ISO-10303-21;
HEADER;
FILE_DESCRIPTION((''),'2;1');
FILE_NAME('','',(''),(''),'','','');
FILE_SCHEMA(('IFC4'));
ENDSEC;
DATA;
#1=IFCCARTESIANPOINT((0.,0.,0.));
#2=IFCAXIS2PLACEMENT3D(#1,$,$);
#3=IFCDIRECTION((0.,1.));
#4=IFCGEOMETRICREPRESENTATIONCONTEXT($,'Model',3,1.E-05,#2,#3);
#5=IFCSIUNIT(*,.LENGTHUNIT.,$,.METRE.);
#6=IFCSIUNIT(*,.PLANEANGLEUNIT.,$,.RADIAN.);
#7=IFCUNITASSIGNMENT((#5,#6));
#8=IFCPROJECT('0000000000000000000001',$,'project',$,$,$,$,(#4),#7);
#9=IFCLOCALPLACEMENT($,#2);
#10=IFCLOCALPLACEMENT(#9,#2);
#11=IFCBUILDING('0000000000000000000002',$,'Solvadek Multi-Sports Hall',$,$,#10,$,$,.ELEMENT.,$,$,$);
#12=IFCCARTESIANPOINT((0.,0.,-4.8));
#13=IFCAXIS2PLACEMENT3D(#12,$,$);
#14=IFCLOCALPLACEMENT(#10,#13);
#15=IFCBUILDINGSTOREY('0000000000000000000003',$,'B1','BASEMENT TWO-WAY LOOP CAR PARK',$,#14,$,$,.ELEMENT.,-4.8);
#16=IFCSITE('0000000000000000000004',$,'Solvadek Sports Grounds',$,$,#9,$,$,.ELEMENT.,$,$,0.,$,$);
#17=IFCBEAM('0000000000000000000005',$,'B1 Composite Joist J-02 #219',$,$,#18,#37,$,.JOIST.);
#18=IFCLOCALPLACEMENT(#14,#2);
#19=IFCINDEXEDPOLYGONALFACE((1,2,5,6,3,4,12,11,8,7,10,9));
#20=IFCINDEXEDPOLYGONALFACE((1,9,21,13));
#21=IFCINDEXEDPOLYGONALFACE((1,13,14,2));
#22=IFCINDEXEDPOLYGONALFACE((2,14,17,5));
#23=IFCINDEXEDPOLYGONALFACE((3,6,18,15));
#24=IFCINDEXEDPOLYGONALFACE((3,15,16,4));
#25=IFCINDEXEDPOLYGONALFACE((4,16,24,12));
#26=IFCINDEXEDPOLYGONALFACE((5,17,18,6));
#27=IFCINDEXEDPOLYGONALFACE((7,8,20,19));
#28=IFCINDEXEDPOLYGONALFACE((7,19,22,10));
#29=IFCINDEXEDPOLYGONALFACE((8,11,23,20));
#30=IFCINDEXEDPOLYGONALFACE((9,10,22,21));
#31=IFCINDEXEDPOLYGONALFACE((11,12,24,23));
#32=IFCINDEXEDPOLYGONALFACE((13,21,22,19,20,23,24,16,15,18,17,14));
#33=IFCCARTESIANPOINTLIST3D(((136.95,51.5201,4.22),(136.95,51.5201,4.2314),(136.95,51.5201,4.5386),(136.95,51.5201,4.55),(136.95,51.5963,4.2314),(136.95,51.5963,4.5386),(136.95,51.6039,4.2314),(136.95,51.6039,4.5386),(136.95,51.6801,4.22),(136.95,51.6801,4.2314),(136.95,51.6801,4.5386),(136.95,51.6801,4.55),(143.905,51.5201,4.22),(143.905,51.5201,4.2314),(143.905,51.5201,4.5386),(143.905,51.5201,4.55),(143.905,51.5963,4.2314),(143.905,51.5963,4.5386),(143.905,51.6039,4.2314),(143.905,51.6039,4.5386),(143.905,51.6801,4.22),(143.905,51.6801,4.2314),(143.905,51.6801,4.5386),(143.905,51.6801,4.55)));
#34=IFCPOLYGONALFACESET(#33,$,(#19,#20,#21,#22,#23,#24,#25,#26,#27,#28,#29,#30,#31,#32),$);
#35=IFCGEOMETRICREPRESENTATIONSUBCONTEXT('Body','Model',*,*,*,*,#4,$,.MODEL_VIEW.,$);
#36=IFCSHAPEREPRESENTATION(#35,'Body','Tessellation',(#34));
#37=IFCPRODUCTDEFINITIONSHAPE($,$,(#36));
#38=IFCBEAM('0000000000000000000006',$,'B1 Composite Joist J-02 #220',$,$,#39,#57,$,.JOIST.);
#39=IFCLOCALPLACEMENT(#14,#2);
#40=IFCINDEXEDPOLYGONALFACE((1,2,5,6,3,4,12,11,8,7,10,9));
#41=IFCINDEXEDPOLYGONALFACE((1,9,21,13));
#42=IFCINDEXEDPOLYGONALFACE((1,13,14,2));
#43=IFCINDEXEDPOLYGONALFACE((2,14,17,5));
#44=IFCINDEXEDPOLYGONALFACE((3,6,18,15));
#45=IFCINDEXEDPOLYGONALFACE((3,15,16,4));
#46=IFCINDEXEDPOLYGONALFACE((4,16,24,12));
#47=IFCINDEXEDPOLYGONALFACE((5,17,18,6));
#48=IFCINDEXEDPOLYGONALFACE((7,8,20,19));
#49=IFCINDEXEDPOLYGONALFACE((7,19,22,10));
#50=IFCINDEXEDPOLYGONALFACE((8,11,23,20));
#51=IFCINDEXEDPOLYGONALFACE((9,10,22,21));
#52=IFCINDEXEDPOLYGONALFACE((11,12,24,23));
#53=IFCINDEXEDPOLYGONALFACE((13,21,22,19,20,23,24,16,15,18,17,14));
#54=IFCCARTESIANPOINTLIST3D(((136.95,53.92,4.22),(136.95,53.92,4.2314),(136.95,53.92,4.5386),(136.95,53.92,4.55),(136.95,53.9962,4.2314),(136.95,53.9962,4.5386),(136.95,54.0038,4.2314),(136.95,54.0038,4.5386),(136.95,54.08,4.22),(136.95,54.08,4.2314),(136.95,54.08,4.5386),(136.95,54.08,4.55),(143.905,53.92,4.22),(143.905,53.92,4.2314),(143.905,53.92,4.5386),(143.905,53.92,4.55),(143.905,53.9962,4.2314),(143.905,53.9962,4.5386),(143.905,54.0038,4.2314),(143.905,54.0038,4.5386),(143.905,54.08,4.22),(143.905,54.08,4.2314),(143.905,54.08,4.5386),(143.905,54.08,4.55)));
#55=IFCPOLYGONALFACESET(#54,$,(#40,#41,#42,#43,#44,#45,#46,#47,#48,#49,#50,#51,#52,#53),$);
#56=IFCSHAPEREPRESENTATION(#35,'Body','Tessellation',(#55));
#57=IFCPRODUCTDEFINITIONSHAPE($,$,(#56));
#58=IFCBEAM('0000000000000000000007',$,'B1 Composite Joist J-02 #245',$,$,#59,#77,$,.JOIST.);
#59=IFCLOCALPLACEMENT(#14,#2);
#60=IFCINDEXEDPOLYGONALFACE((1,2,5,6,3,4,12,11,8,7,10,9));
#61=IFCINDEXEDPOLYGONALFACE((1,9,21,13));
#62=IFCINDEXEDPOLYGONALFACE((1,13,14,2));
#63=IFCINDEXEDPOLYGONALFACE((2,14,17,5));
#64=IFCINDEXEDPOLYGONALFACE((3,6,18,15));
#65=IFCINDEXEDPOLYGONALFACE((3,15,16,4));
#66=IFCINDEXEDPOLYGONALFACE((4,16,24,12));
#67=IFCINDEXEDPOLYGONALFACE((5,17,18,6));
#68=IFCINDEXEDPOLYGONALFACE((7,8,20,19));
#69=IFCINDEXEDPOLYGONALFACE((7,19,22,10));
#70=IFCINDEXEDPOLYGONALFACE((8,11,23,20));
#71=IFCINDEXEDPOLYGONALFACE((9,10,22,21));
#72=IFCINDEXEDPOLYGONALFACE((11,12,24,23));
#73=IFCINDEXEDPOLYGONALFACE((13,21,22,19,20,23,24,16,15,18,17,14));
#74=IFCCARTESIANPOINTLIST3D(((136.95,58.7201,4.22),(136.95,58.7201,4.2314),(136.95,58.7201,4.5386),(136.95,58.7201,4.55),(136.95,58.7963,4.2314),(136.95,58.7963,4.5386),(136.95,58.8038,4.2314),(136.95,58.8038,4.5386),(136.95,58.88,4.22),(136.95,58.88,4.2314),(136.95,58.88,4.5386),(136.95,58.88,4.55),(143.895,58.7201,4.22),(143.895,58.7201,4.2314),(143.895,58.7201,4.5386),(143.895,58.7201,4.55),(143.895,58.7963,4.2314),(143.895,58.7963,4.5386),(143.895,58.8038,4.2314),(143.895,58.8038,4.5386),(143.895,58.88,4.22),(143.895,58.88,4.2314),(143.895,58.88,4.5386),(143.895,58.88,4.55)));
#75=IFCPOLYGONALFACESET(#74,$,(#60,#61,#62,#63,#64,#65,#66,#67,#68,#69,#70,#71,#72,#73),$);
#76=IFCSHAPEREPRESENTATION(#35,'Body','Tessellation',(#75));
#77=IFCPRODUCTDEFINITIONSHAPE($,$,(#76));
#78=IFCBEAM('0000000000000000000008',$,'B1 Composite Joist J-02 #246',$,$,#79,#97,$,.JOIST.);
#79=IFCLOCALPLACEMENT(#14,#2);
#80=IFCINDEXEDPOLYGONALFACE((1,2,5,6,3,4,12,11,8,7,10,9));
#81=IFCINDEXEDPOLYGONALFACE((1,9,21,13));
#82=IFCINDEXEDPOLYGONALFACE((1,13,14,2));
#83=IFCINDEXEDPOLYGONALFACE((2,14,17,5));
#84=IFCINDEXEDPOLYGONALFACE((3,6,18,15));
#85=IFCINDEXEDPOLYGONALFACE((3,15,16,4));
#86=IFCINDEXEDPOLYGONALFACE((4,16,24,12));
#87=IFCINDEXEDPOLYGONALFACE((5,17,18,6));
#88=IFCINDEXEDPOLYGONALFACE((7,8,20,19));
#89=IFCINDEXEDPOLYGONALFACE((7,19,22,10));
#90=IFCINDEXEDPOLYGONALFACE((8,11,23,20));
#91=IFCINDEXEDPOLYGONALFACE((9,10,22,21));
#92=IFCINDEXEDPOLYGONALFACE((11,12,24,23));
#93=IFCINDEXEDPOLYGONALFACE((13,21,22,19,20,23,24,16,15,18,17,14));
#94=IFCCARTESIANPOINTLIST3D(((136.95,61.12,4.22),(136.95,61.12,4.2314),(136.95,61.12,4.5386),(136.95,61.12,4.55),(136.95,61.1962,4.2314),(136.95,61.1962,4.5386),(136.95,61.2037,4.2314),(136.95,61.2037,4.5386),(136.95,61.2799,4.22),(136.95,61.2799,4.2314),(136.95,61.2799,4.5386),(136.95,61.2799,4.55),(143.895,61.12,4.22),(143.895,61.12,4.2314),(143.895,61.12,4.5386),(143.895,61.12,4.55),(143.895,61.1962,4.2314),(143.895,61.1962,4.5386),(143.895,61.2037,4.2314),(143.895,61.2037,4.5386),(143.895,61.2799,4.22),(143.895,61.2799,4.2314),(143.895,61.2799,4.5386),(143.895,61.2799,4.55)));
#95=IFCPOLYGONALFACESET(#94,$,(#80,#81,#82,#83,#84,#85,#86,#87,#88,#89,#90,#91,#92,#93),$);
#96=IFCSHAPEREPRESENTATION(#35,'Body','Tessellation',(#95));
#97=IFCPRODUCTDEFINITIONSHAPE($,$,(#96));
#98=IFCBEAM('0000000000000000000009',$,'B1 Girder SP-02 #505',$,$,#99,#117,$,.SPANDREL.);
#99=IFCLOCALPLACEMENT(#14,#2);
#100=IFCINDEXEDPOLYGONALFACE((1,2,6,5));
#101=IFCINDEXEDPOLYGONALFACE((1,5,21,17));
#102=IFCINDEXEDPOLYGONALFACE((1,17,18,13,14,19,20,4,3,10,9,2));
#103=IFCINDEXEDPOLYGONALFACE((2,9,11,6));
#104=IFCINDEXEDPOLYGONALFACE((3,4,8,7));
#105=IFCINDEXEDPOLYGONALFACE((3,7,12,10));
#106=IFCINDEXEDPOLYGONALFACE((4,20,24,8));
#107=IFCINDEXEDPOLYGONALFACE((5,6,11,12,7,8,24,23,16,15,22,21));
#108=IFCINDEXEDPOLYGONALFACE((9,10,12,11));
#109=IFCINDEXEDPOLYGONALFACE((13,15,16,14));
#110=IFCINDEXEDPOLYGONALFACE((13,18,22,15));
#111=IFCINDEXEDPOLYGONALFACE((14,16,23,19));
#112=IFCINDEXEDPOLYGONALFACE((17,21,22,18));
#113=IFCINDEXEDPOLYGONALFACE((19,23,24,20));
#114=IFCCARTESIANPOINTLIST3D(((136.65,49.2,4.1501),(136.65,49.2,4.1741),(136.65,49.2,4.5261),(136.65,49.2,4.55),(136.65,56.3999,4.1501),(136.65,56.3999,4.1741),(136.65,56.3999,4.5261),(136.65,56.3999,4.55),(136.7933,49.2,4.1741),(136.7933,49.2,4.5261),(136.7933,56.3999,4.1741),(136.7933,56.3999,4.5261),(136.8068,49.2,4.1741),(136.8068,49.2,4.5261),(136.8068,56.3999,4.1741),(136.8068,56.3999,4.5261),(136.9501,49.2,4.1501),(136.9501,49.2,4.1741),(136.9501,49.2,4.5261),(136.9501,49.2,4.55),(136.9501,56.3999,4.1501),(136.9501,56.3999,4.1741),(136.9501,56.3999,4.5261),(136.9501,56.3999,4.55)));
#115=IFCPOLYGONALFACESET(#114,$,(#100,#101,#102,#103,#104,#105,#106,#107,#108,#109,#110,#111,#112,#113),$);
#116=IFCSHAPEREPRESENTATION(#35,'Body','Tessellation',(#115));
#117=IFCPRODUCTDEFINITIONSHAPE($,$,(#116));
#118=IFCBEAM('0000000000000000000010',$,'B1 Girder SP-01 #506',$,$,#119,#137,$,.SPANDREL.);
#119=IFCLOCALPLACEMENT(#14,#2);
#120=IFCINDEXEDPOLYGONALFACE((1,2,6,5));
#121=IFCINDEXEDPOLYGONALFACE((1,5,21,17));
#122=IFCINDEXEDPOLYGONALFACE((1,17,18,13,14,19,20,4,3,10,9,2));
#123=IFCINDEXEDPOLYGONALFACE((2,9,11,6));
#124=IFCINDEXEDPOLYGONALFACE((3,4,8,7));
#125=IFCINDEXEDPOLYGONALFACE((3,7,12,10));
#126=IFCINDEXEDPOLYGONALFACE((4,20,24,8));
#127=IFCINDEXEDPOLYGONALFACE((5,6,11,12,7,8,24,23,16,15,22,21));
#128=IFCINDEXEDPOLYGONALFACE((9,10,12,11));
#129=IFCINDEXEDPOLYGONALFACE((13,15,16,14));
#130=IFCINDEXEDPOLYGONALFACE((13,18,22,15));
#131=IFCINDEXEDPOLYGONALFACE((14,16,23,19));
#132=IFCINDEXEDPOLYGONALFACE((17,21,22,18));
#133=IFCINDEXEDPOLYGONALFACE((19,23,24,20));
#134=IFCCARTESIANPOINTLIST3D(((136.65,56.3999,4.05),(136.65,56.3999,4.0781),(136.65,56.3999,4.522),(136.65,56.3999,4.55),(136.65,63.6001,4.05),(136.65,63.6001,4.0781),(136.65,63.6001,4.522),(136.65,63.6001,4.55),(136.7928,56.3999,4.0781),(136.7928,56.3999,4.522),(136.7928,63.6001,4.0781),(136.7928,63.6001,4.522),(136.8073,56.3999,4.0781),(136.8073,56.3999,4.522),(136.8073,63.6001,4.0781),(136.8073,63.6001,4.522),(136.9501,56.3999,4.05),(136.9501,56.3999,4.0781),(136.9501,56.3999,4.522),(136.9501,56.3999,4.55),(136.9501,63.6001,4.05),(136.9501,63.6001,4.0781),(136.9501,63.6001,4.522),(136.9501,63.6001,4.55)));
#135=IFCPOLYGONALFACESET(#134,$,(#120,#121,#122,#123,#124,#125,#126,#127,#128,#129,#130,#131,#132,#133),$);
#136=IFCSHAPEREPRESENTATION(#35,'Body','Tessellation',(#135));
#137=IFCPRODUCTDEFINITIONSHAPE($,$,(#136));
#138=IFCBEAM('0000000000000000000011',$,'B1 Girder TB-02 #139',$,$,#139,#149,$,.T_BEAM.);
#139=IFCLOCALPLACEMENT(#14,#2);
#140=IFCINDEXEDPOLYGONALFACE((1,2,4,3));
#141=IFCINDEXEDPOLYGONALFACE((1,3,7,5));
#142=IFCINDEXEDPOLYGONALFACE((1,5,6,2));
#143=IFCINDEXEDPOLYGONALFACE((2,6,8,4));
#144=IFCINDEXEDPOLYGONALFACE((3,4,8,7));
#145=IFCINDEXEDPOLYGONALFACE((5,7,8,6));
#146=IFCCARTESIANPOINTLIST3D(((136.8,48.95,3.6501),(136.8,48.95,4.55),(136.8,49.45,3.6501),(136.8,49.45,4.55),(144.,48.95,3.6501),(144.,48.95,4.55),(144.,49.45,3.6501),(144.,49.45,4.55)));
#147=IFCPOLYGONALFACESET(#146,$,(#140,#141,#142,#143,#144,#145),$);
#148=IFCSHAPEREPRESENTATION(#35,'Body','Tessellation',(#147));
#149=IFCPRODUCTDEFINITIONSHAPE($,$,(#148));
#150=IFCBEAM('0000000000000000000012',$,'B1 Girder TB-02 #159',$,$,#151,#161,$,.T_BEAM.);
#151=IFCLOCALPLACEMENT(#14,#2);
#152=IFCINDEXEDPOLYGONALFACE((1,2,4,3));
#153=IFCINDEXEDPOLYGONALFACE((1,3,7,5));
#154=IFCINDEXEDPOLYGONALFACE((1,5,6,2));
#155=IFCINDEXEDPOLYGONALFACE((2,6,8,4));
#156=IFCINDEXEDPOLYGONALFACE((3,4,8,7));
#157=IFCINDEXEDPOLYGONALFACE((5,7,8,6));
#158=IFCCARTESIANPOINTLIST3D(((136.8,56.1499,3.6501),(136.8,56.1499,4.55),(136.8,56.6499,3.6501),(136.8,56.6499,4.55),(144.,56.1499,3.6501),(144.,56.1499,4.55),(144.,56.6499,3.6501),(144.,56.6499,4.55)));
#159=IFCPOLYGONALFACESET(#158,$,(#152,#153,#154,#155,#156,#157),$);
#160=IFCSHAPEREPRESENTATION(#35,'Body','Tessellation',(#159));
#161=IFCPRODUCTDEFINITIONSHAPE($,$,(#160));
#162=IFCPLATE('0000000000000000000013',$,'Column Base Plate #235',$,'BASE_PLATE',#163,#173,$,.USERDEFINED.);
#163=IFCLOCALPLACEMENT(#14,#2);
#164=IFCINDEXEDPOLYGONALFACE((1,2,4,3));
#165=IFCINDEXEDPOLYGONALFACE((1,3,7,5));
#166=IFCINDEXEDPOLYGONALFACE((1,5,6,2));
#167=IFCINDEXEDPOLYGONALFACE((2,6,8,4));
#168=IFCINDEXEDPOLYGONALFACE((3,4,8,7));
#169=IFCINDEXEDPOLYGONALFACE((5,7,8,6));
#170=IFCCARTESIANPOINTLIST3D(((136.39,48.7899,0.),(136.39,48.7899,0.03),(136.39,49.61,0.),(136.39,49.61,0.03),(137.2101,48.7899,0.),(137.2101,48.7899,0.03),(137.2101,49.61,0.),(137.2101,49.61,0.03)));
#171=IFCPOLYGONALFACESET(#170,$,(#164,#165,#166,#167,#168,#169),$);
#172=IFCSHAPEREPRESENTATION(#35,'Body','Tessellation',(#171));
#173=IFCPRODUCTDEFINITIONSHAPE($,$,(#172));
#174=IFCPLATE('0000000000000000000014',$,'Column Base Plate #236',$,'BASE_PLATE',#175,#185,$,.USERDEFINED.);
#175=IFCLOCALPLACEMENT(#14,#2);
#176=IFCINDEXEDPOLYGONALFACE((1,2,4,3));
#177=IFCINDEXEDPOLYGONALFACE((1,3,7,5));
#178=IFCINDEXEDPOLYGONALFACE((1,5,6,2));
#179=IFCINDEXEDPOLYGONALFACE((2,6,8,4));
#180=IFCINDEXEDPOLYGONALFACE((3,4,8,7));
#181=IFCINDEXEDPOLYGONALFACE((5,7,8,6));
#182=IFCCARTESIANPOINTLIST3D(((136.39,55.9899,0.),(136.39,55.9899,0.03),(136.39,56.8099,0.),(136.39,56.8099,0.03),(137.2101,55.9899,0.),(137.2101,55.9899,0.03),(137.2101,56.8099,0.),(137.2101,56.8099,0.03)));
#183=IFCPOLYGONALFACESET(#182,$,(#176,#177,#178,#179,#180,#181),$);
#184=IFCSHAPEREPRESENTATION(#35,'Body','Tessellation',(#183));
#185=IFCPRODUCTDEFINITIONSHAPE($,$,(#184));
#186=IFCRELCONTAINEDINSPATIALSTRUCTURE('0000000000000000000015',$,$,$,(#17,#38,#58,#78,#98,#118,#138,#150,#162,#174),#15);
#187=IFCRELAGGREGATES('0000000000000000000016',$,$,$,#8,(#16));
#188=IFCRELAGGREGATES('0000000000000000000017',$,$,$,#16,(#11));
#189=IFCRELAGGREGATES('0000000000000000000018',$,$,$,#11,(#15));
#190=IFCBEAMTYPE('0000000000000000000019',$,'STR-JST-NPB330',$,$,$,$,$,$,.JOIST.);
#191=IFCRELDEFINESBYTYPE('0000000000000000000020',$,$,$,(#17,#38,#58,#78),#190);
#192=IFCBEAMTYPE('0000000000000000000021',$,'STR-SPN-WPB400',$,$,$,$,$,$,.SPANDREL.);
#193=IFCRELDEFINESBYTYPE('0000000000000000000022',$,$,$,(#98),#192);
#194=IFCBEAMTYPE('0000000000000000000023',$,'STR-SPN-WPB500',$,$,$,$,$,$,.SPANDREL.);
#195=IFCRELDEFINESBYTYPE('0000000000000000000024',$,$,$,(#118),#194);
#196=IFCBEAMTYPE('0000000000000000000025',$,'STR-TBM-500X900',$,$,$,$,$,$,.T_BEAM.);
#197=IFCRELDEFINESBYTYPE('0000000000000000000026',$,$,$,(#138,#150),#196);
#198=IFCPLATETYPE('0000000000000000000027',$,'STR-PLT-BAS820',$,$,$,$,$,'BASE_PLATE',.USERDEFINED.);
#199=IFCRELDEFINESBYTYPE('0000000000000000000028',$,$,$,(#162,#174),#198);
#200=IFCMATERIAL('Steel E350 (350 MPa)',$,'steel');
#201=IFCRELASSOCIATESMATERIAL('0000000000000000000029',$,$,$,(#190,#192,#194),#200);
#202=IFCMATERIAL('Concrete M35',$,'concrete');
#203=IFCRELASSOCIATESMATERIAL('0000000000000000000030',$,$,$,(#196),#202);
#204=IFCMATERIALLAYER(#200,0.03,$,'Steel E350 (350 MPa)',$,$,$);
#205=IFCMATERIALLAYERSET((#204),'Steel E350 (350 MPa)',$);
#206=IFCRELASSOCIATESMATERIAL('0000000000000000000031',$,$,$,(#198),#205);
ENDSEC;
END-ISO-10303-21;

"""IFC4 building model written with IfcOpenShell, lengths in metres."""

from ifc_helpers import new_model, si_unit, direction, frame, origin, origin_2d, place, context, subcontext, project, spatial, rectangle, i_section, extrude, material, layer, layer_set, material_profile, profile_set, type_object, element, save


model = new_model("IFC4")

# Units and contexts
model_context = context("Model", 3, precision=1e-05, world=origin(), true_north=direction((0.0, 1.0)))
body_context = subcontext(model_context, "Body", "Model", "MODEL_VIEW")
ifc_project = project(units=[si_unit("LENGTHUNIT", "METRE"), si_unit("PLANEANGLEUNIT", "RADIAN")], contexts=[model_context])

# Site, building, storey
site_placement = place(None, origin())
site = spatial("IfcSite", under=ifc_project, at=site_placement, Name="Solvadek Sports Grounds", CompositionType="ELEMENT", RefElevation=0.0)
building_placement = place(site_placement, origin())
building = spatial("IfcBuilding", under=site, at=building_placement, Name="Solvadek Multi-Sports Hall", CompositionType="ELEMENT")
storey_placement = place(building_placement, frame((0.0, 0.0, -4.8)))
storey = spatial("IfcBuildingStorey", under=building, at=storey_placement, Name="B1", Description="BASEMENT TWO-WAY LOOP CAR PARK", CompositionType="ELEMENT", Elevation=-4.8)

# Shared definitions
ifc_material_1 = material(Name="Concrete M35", Category="concrete")

# Shared definitions
ifc_material_2 = material(Name="Steel E350 (350 MPa)", Category="steel")

# Beams
ifc_material_profile_1 = material_profile(ifc_material_2, i_section(OverallWidth=0.1599, OverallDepth=0.3301, WebThickness=0.0076, FlangeThickness=0.0115, at=origin_2d()), Name="NPB 330")
ifc_profile_set_1 = profile_set([ifc_material_profile_1], Name="Steel E350 (350 MPa)")
beam_type_1 = type_object("IfcBeamType", Name="STR-JST-NPB330", PredefinedType="JOIST", material=ifc_profile_set_1)
for number, where, z_axis, x_axis, name in (
    (1, (136.95, 51.6001, 4.385), (1.0, 0.0, 0.0), (0.0, 1.0, 0.0), "B1 Composite Joist J-02 #219"),
    (2, (136.95, 54.0, 4.385), (1.0, 0.0, 0.0), (0.0, 1.0, 0.0), "B1 Composite Joist J-02 #220"),
):
    element("IfcBeam", number, at=place(storey_placement, frame(where, z_axis=z_axis, x_axis=x_axis)), inside=storey, type_object=beam_type_1, Name=name, PredefinedType="JOIST", context=body_context, shape_type="SweptSolid", body=[
        extrude(i_section(OverallWidth=0.1599, OverallDepth=0.3301, WebThickness=0.0076, FlangeThickness=0.0115, at=origin_2d()), origin(), (0.0, 0.0, 1.0), 6.9551),
    ])
for number, where, z_axis, x_axis, name in (
    (3, (136.95, 58.8, 4.385), (1.0, 0.0, 0.0), (0.0, 1.0, 0.0), "B1 Composite Joist J-02 #245"),
    (4, (136.95, 61.2, 4.385), (1.0, 0.0, 0.0), (0.0, 1.0, 0.0), "B1 Composite Joist J-02 #246"),
):
    element("IfcBeam", number, at=place(storey_placement, frame(where, z_axis=z_axis, x_axis=x_axis)), inside=storey, type_object=beam_type_1, Name=name, PredefinedType="JOIST", context=body_context, shape_type="SweptSolid", body=[
        extrude(i_section(OverallWidth=0.1599, OverallDepth=0.3301, WebThickness=0.0076, FlangeThickness=0.0115, at=origin_2d()), origin(), (0.0, 0.0, 1.0), 6.9451),
    ])
ifc_material_profile_2 = material_profile(ifc_material_2, i_section(OverallWidth=0.3, OverallDepth=0.3999, WebThickness=0.0134, FlangeThickness=0.0239, at=origin_2d()), Name="WPB 400")
ifc_profile_set_2 = profile_set([ifc_material_profile_2], Name="Steel E350 (350 MPa)")
beam_type_2 = type_object("IfcBeamType", Name="STR-SPN-WPB400", PredefinedType="SPANDREL", material=ifc_profile_set_2)
beam_1_placement = place(storey_placement, frame((136.8, 49.2, 4.3501), z_axis=(0.0, 1.0, 0.0), x_axis=(-1.0, 0.0, 0.0)))
element("IfcBeam", 5, at=beam_1_placement, inside=storey, type_object=beam_type_2, Name="B1 Girder SP-02 #505", PredefinedType="SPANDREL", context=body_context, shape_type="SweptSolid", body=[
    extrude(i_section(OverallWidth=0.3, OverallDepth=0.3999, WebThickness=0.0134, FlangeThickness=0.0239, at=origin_2d()), origin(), (0.0, 0.0, 1.0), 7.2),
])
ifc_material_profile_3 = material_profile(ifc_material_2, i_section(OverallWidth=0.3, OverallDepth=0.5, WebThickness=0.0144, FlangeThickness=0.0281, at=origin_2d()), Name="WPB 500")
ifc_profile_set_3 = profile_set([ifc_material_profile_3], Name="Steel E350 (350 MPa)")
beam_type_3 = type_object("IfcBeamType", Name="STR-SPN-WPB500", PredefinedType="SPANDREL", material=ifc_profile_set_3)
beam_2_placement = place(storey_placement, frame((136.8, 56.3999, 4.3), z_axis=(0.0, 1.0, 0.0), x_axis=(-1.0, 0.0, 0.0)))
element("IfcBeam", 6, at=beam_2_placement, inside=storey, type_object=beam_type_3, Name="B1 Girder SP-01 #506", PredefinedType="SPANDREL", context=body_context, shape_type="SweptSolid", body=[
    extrude(i_section(OverallWidth=0.3, OverallDepth=0.5, WebThickness=0.0144, FlangeThickness=0.0281, at=origin_2d()), origin(), (0.0, 0.0, 1.0), 7.2002),
])
ifc_material_profile_4 = material_profile(ifc_material_1, rectangle(XDim=0.5, YDim=0.8999, at=origin_2d()), Name="RC T-BEAM 500x900")
ifc_profile_set_4 = profile_set([ifc_material_profile_4], Name="Concrete M35")
beam_type_4 = type_object("IfcBeamType", Name="STR-TBM-500X900", PredefinedType="T_BEAM", material=ifc_profile_set_4)
for number, where, z_axis, x_axis, name in (
    (7, (136.8, 49.2, 4.1001), (1.0, 0.0, 0.0), (0.0, 1.0, 0.0), "B1 Girder TB-02 #139"),
    (8, (136.8, 56.3999, 4.1001), (1.0, 0.0, 0.0), (0.0, 1.0, 0.0), "B1 Girder TB-02 #159"),
):
    element("IfcBeam", number, at=place(storey_placement, frame(where, z_axis=z_axis, x_axis=x_axis)), inside=storey, type_object=beam_type_4, Name=name, PredefinedType="T_BEAM", context=body_context, shape_type="SweptSolid", body=[
        extrude(rectangle(XDim=0.5, YDim=0.8999, at=origin_2d()), origin(), (0.0, 0.0, 1.0), 7.2),
    ])

# Plates
ifc_layer_1 = layer(ifc_material_2, 0.03, Name="Steel E350 (350 MPa)")
ifc_layer_set_1 = layer_set([ifc_layer_1], Name="Steel E350 (350 MPa)")
plate_type = type_object("IfcPlateType", Name="STR-PLT-BAS820", ElementType="BASE_PLATE", PredefinedType="USERDEFINED", material=ifc_layer_set_1)
for number, where, z_axis, x_axis, name in (
    (9, (136.8, 49.2, 0.0), (0.0, 0.0, 1.0), (1.0, 0.0, 0.0), "Column Base Plate #235"),
    (10, (136.8, 56.3999, 0.0), (0.0, 0.0, 1.0), (1.0, 0.0, 0.0), "Column Base Plate #236"),
):
    element("IfcPlate", number, at=place(storey_placement, frame(where, z_axis=z_axis, x_axis=x_axis)), inside=storey, type_object=plate_type, Name=name, ObjectType="BASE_PLATE", PredefinedType="USERDEFINED", context=body_context, shape_type="SweptSolid", body=[
        extrude(rectangle(XDim=0.8201, YDim=0.8201, at=origin_2d()), origin(), (0.0, 0.0, 1.0), 0.03),
    ])

save(model, "model.ifc")
